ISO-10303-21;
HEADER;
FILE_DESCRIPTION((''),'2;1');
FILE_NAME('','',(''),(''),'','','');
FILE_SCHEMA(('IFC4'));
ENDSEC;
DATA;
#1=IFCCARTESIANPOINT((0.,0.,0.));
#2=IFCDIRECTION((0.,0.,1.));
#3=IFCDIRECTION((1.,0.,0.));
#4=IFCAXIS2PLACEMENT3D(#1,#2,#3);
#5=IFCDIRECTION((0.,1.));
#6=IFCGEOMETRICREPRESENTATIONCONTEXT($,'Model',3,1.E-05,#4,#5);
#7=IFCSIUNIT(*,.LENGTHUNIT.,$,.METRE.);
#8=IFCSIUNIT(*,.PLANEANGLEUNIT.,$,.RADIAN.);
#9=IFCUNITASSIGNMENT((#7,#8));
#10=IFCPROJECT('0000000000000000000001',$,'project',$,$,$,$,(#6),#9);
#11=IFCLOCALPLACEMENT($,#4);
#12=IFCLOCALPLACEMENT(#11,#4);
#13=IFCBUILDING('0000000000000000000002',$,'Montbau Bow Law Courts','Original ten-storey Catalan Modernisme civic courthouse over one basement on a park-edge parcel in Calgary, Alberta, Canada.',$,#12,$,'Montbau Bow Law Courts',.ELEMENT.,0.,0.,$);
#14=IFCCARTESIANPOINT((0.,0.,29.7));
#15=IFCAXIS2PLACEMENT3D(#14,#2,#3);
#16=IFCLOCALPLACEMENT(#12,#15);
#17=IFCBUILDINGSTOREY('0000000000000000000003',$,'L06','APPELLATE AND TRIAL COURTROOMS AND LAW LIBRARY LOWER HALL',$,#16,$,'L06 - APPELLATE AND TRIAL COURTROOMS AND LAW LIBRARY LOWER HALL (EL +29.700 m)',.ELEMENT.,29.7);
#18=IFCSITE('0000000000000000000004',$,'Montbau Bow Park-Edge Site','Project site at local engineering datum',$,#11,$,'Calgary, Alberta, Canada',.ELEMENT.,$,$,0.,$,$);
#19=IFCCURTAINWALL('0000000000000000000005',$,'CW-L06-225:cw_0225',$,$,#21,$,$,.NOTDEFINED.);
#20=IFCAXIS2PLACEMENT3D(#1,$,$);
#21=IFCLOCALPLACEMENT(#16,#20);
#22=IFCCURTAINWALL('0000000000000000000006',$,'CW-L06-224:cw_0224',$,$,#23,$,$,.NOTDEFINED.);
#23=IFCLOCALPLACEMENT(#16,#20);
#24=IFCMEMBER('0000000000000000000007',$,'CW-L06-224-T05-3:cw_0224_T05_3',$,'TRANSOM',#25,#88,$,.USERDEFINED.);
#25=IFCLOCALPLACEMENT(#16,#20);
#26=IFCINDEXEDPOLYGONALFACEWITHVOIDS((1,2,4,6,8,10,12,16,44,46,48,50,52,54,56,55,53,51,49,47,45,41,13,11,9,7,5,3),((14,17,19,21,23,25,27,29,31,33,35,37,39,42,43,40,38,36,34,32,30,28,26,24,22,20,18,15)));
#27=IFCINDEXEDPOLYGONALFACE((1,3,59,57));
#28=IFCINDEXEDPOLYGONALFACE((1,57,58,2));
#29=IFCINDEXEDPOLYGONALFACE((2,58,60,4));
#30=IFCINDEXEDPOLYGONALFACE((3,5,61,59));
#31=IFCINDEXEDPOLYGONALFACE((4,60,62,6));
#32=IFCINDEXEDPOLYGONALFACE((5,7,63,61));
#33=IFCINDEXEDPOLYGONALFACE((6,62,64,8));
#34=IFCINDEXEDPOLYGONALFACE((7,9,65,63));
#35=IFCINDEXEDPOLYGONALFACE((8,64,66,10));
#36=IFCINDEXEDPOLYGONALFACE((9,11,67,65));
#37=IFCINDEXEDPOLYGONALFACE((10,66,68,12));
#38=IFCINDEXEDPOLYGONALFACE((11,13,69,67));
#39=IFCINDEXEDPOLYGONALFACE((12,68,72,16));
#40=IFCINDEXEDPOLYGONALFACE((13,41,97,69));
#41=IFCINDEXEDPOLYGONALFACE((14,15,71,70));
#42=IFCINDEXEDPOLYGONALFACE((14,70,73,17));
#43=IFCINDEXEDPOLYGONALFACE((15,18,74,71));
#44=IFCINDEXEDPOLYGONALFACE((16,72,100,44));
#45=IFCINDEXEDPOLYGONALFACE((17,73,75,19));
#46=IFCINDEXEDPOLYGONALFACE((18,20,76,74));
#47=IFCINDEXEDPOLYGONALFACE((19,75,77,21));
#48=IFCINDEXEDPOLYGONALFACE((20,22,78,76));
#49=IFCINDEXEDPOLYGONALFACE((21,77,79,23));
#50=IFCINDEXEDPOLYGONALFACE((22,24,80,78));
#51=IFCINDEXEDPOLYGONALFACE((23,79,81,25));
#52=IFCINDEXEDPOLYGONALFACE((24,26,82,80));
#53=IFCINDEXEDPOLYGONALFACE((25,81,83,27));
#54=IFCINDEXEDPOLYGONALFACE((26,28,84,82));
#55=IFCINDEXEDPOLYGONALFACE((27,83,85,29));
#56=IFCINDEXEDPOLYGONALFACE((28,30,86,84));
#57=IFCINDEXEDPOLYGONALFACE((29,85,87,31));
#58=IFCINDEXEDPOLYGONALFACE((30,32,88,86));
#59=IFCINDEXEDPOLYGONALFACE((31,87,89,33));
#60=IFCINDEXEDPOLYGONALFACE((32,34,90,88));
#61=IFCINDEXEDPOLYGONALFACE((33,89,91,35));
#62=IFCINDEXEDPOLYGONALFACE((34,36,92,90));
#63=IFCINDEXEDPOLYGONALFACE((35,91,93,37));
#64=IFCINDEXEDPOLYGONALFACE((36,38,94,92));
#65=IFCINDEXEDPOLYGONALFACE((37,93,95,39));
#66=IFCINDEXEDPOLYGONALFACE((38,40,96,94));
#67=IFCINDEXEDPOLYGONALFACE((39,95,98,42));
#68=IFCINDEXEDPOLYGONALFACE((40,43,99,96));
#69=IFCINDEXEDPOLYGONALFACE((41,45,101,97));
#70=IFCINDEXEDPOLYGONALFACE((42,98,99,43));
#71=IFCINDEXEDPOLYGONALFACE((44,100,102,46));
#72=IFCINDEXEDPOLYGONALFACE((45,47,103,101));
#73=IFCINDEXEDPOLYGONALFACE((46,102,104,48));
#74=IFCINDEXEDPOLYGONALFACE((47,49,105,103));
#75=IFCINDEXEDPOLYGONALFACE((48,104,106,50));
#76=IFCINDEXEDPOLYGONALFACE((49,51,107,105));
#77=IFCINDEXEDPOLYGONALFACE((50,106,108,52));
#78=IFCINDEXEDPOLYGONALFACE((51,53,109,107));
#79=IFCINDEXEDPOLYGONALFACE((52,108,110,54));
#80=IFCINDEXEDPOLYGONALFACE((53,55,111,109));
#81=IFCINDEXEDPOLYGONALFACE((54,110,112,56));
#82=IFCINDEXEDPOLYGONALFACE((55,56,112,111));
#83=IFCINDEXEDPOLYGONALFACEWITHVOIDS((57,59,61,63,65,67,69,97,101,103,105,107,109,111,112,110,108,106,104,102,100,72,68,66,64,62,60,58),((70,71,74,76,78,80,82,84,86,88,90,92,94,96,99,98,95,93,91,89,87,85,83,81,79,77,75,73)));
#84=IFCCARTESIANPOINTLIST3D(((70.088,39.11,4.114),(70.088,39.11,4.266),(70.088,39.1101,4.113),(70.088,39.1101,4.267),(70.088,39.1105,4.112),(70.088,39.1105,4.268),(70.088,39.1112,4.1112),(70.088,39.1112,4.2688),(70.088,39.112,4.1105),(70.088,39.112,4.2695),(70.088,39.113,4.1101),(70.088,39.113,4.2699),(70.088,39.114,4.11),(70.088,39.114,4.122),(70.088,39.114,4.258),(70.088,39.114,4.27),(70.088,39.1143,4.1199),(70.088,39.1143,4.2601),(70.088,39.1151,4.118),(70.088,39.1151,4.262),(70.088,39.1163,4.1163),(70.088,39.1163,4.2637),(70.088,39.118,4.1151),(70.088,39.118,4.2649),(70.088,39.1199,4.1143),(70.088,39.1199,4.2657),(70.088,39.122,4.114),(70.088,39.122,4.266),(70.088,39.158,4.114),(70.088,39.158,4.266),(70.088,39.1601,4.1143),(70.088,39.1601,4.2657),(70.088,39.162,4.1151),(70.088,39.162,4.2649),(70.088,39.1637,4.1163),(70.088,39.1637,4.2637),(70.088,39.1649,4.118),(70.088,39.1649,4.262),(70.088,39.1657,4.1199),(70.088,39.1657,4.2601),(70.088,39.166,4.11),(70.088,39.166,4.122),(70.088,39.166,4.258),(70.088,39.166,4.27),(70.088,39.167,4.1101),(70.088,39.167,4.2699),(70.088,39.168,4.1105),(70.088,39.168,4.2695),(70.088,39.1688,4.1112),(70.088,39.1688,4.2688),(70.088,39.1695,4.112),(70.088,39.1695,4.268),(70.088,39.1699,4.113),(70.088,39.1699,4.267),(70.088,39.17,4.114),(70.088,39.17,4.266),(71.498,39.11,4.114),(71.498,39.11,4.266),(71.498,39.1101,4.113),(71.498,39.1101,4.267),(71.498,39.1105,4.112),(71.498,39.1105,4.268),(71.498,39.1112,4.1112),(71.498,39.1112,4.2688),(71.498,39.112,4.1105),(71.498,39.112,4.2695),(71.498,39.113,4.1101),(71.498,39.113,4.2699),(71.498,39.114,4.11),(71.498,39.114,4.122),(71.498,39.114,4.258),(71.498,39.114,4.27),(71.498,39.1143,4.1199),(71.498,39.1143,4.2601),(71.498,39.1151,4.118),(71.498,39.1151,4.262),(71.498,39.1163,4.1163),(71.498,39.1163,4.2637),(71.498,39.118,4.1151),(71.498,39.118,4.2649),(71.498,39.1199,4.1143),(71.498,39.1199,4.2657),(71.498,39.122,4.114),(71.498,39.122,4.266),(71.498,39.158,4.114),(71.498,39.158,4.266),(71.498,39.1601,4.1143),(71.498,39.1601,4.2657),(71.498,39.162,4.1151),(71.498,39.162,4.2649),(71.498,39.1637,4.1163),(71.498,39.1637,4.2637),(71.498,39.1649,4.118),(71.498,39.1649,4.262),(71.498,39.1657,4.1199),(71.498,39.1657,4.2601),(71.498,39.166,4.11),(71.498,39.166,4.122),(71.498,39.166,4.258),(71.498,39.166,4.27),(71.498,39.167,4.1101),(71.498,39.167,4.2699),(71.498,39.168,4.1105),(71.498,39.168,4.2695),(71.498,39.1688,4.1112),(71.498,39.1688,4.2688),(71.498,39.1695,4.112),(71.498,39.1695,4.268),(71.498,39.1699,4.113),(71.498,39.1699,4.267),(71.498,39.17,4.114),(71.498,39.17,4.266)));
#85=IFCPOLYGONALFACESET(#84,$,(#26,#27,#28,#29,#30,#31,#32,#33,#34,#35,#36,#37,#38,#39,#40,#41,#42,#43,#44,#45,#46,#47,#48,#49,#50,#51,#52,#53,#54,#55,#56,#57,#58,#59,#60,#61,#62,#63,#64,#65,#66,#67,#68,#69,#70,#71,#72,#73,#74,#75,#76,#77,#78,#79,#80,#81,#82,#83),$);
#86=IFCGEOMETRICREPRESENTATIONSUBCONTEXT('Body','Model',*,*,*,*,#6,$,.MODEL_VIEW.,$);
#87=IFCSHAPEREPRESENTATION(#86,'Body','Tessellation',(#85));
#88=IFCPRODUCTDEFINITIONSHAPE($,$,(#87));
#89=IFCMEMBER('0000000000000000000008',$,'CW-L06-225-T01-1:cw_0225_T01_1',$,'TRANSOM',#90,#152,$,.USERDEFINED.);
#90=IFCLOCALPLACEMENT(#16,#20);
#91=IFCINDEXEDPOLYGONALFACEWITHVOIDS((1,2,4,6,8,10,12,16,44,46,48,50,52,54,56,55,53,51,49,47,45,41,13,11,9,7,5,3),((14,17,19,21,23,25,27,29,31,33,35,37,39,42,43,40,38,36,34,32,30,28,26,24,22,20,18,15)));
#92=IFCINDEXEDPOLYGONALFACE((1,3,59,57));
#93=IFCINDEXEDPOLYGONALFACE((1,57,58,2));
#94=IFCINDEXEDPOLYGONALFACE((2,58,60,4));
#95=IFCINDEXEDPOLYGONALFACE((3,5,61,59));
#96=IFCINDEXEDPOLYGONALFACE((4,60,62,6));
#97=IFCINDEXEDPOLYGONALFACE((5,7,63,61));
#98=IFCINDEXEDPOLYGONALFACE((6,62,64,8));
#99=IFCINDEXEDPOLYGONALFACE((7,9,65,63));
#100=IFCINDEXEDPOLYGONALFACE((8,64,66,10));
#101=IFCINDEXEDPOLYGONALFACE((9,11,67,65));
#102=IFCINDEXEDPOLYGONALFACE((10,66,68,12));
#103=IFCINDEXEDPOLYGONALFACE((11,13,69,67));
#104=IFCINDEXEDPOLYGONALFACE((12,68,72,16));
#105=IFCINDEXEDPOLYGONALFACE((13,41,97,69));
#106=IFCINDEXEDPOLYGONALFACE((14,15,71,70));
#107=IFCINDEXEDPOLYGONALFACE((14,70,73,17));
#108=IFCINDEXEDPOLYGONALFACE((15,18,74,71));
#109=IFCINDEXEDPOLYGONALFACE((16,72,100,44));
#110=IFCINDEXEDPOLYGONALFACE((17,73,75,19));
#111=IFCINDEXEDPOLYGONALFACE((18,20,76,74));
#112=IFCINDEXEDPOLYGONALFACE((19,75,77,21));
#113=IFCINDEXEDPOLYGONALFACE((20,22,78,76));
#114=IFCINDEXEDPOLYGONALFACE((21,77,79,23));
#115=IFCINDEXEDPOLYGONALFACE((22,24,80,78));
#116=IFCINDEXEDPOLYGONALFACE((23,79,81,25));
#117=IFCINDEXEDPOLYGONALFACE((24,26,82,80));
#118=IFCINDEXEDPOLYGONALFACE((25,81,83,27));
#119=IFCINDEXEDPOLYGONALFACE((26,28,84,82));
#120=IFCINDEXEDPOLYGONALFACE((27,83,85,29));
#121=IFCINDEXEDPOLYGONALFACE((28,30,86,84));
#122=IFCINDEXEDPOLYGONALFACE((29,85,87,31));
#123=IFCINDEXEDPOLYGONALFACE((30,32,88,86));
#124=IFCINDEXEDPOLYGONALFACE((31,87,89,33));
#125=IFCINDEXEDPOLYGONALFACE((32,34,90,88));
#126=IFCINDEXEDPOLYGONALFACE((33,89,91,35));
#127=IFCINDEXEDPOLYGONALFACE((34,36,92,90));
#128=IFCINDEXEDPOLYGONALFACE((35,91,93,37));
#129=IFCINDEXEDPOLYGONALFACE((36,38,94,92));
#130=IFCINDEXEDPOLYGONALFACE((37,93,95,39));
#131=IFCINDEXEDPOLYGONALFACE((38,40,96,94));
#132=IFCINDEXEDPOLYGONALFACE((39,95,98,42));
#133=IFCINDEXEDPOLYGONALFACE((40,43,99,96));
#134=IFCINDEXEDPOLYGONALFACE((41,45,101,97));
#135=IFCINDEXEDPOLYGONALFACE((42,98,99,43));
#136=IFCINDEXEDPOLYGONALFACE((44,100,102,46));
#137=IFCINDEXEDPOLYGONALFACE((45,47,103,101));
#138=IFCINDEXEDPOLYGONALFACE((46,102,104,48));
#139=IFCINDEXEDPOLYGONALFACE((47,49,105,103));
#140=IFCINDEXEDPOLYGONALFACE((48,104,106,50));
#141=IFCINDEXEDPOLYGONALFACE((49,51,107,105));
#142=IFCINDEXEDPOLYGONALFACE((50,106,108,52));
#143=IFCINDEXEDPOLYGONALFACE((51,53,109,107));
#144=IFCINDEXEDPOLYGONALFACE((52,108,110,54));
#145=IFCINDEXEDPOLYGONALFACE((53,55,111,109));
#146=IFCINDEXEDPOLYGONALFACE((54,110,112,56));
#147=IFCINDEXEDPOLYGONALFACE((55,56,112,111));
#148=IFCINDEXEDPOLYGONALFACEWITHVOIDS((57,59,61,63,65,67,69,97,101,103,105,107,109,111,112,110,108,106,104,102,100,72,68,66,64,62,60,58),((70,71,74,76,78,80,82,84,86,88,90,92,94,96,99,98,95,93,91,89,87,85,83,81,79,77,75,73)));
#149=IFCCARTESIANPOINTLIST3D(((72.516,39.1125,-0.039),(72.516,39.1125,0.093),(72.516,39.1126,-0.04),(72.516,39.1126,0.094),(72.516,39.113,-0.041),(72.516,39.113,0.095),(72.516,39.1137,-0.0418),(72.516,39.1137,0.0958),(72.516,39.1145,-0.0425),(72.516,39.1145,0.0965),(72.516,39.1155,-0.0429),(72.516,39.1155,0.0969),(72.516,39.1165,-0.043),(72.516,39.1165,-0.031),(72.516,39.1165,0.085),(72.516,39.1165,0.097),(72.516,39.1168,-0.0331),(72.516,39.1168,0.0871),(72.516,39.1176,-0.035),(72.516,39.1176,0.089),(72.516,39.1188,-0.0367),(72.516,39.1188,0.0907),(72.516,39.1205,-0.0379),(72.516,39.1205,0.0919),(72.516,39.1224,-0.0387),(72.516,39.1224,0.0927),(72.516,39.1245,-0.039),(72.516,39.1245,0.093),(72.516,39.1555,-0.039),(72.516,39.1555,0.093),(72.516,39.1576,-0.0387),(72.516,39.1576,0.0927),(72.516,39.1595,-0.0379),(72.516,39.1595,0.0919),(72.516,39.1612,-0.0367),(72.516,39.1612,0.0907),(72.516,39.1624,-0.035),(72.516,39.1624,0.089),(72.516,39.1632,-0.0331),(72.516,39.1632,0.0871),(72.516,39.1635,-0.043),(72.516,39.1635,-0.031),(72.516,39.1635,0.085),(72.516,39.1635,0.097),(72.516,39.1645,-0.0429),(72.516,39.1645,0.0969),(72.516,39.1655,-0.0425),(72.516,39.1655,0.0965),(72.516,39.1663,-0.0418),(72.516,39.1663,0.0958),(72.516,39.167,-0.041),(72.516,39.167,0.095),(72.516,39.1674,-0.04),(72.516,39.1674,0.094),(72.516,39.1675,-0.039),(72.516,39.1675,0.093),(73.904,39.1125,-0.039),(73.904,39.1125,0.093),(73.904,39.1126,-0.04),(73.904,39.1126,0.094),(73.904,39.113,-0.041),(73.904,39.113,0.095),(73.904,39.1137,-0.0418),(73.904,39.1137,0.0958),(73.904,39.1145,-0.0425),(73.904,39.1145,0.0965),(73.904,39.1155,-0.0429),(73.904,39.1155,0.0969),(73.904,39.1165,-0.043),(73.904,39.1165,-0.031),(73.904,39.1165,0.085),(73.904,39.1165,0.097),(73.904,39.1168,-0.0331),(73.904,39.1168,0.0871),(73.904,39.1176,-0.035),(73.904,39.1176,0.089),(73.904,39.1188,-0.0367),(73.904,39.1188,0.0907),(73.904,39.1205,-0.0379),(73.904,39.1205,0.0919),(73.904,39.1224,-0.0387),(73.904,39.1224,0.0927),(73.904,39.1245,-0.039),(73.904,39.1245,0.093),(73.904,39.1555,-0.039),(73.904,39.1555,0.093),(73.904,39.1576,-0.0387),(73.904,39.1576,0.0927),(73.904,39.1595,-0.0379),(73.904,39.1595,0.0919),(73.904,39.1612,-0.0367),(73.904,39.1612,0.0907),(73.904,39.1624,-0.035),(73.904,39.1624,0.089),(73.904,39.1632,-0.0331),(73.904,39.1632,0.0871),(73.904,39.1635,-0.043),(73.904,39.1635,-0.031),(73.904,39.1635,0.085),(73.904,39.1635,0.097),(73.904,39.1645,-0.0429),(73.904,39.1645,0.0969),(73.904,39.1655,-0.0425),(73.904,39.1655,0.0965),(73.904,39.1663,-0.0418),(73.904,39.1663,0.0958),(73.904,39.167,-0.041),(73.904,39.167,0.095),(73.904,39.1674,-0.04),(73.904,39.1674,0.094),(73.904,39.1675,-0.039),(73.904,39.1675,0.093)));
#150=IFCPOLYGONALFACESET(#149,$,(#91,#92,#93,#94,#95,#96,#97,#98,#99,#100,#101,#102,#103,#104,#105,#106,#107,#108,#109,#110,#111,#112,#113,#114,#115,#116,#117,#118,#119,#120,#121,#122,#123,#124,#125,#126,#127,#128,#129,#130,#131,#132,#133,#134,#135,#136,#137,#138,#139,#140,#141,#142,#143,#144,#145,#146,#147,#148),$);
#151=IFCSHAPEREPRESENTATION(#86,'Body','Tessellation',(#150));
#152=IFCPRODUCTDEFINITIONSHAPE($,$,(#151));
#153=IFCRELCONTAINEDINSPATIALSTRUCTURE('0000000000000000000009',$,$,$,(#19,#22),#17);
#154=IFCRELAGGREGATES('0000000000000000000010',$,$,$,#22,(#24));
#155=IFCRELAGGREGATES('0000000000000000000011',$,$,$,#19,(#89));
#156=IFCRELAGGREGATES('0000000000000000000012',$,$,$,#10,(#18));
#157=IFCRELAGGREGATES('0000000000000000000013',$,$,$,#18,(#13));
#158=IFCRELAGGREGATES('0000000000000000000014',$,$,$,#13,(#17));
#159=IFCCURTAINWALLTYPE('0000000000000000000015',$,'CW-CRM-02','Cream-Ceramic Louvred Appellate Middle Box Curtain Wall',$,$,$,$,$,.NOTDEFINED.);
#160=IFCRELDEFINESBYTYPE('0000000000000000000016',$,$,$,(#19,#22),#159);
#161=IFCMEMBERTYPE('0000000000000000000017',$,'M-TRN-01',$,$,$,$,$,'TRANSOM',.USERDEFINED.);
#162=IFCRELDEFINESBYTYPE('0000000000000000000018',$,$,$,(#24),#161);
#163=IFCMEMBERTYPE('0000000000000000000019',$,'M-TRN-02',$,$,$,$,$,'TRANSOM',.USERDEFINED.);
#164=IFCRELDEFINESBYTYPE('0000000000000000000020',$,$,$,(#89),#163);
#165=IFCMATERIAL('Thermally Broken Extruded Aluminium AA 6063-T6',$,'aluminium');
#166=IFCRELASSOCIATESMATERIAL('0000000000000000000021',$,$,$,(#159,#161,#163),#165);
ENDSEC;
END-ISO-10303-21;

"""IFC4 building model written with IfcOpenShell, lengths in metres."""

from ifc_helpers import new_model, si_unit, direction, frame, origin_with_axes, origin_2d_with_axis, place, context, subcontext, project, spatial, hollow_rectangle, extrude, material, material_profile, profile_set, type_object, element, aggregate, save


model = new_model("IFC4")

# Units and contexts
model_context = context("Model", 3, precision=1e-05, world=origin_with_axes(), true_north=direction((0.0, 1.0)))
body_context = subcontext(model_context, "Body", "Model", "MODEL_VIEW")
ifc_project = project(units=[si_unit("LENGTHUNIT", "METRE"), si_unit("PLANEANGLEUNIT", "RADIAN")], contexts=[model_context])

# Site, building, storey
site_placement = place(None, origin_with_axes())
site = spatial("IfcSite", under=ifc_project, at=site_placement, Name="Montbau Bow Park-Edge Site", Description="Project site at local engineering datum", LongName="Calgary, Alberta, Canada", CompositionType="ELEMENT", RefElevation=0.0)
building_placement = place(site_placement, origin_with_axes())
building = spatial("IfcBuilding", under=site, at=building_placement, Name="Montbau Bow Law Courts", Description="Original ten-storey Catalan Modernisme civic courthouse over one basement on a park-edge parcel in Calgary, Alberta, Canada.", LongName="Montbau Bow Law Courts", CompositionType="ELEMENT", ElevationOfRefHeight=0.0, ElevationOfTerrain=0.0)
storey_placement = place(building_placement, frame((0.0, 0.0, 29.7), z_axis=(0.0, 0.0, 1.0), x_axis=(1.0, 0.0, 0.0)))
storey = spatial("IfcBuildingStorey", under=building, at=storey_placement, Name="L06", Description="APPELLATE AND TRIAL COURTROOMS AND LAW LIBRARY LOWER HALL", LongName="L06 - APPELLATE AND TRIAL COURTROOMS AND LAW LIBRARY LOWER HALL (EL +29.700 m)", CompositionType="ELEMENT", Elevation=29.7)

# Curtain walls, member
ifc_material_1 = material(Name="Thermally Broken Extruded Aluminium AA 6063-T6", Category="aluminium")
curtain_wall_type = type_object("IfcCurtainWallType", Name="CW-CRM-02", Description="Cream-Ceramic Louvred Appellate Middle Box Curtain Wall", PredefinedType="NOTDEFINED", material=ifc_material_1)
curtain_wall_1_placement = place(None, frame((72.44, 39.14, 29.7), z_axis=(0.0, 0.0, 1.0), x_axis=(1.0, 0.0, 0.0)))
curtain_wall_1 = element("IfcCurtainWall", 1, at=curtain_wall_1_placement, inside=storey, type_object=curtain_wall_type, Name="CW-L06-225:cw_0225", PredefinedType="NOTDEFINED")
curtain_wall_2_placement = place(None, frame((64.04, 39.14, 29.7), z_axis=(0.0, 0.0, 1.0), x_axis=(1.0, 0.0, 0.0)))
curtain_wall_2 = element("IfcCurtainWall", 2, at=curtain_wall_2_placement, inside=storey, type_object=curtain_wall_type, Name="CW-L06-224:cw_0224", PredefinedType="NOTDEFINED")
ifc_material_profile_1 = material_profile(ifc_material_1, hollow_rectangle(XDim=0.06, YDim=0.16, WallThickness=0.004, InnerFilletRadius=0.008, OuterFilletRadius=0.004, at=origin_2d_with_axis()), Name="CWT-160X60", Category="Main", Priority=0)
ifc_profile_set_1 = profile_set([ifc_material_profile_1], Name="Thermally Broken Extruded Aluminium AA 6063-T6")
member_type_1 = type_object("IfcMemberType", Name="M-TRN-01", ElementType="TRANSOM", PredefinedType="USERDEFINED", material=ifc_profile_set_1)
member_1_placement = place(None, frame((70.088, 39.14, 33.89), z_axis=(1.0, 0.0, 0.0), x_axis=(0.0, 1.0, 0.0)))
member_1 = element("IfcMember", 3, at=member_1_placement, type_object=member_type_1, Name="CW-L06-224-T05-3:cw_0224_T05_3", ObjectType="TRANSOM", PredefinedType="USERDEFINED", context=body_context, shape_type="SweptSolid", body=[
    extrude(hollow_rectangle(XDim=0.06, YDim=0.16, WallThickness=0.004, InnerFilletRadius=0.008, OuterFilletRadius=0.004, at=origin_2d_with_axis()), origin_with_axes(), (0.0, 0.0, 1.0), 1.41),
])
aggregate(curtain_wall_2, [member_1])

# Member
ifc_material_profile_2 = material_profile(ifc_material_1, hollow_rectangle(XDim=0.055, YDim=0.14, WallThickness=0.004, InnerFilletRadius=0.008, OuterFilletRadius=0.004, at=origin_2d_with_axis()), Name="CWT-140X55", Category="Main", Priority=0)
ifc_profile_set_2 = profile_set([ifc_material_profile_2], Name="Thermally Broken Extruded Aluminium AA 6063-T6")
member_type_2 = type_object("IfcMemberType", Name="M-TRN-02", ElementType="TRANSOM", PredefinedType="USERDEFINED", material=ifc_profile_set_2)
member_2_placement = place(None, frame((72.516, 39.14, 29.727), z_axis=(1.0, 0.0, 0.0), x_axis=(0.0, 1.0, 0.0)))
member_2 = element("IfcMember", 4, at=member_2_placement, type_object=member_type_2, Name="CW-L06-225-T01-1:cw_0225_T01_1", ObjectType="TRANSOM", PredefinedType="USERDEFINED", context=body_context, shape_type="SweptSolid", body=[
    extrude(hollow_rectangle(XDim=0.055, YDim=0.14, WallThickness=0.004, InnerFilletRadius=0.008, OuterFilletRadius=0.004, at=origin_2d_with_axis()), origin_with_axes(), (0.0, 0.0, 1.0), 1.388),
])

aggregate(curtain_wall_1, [member_2])

save(model, "model.ifc")
